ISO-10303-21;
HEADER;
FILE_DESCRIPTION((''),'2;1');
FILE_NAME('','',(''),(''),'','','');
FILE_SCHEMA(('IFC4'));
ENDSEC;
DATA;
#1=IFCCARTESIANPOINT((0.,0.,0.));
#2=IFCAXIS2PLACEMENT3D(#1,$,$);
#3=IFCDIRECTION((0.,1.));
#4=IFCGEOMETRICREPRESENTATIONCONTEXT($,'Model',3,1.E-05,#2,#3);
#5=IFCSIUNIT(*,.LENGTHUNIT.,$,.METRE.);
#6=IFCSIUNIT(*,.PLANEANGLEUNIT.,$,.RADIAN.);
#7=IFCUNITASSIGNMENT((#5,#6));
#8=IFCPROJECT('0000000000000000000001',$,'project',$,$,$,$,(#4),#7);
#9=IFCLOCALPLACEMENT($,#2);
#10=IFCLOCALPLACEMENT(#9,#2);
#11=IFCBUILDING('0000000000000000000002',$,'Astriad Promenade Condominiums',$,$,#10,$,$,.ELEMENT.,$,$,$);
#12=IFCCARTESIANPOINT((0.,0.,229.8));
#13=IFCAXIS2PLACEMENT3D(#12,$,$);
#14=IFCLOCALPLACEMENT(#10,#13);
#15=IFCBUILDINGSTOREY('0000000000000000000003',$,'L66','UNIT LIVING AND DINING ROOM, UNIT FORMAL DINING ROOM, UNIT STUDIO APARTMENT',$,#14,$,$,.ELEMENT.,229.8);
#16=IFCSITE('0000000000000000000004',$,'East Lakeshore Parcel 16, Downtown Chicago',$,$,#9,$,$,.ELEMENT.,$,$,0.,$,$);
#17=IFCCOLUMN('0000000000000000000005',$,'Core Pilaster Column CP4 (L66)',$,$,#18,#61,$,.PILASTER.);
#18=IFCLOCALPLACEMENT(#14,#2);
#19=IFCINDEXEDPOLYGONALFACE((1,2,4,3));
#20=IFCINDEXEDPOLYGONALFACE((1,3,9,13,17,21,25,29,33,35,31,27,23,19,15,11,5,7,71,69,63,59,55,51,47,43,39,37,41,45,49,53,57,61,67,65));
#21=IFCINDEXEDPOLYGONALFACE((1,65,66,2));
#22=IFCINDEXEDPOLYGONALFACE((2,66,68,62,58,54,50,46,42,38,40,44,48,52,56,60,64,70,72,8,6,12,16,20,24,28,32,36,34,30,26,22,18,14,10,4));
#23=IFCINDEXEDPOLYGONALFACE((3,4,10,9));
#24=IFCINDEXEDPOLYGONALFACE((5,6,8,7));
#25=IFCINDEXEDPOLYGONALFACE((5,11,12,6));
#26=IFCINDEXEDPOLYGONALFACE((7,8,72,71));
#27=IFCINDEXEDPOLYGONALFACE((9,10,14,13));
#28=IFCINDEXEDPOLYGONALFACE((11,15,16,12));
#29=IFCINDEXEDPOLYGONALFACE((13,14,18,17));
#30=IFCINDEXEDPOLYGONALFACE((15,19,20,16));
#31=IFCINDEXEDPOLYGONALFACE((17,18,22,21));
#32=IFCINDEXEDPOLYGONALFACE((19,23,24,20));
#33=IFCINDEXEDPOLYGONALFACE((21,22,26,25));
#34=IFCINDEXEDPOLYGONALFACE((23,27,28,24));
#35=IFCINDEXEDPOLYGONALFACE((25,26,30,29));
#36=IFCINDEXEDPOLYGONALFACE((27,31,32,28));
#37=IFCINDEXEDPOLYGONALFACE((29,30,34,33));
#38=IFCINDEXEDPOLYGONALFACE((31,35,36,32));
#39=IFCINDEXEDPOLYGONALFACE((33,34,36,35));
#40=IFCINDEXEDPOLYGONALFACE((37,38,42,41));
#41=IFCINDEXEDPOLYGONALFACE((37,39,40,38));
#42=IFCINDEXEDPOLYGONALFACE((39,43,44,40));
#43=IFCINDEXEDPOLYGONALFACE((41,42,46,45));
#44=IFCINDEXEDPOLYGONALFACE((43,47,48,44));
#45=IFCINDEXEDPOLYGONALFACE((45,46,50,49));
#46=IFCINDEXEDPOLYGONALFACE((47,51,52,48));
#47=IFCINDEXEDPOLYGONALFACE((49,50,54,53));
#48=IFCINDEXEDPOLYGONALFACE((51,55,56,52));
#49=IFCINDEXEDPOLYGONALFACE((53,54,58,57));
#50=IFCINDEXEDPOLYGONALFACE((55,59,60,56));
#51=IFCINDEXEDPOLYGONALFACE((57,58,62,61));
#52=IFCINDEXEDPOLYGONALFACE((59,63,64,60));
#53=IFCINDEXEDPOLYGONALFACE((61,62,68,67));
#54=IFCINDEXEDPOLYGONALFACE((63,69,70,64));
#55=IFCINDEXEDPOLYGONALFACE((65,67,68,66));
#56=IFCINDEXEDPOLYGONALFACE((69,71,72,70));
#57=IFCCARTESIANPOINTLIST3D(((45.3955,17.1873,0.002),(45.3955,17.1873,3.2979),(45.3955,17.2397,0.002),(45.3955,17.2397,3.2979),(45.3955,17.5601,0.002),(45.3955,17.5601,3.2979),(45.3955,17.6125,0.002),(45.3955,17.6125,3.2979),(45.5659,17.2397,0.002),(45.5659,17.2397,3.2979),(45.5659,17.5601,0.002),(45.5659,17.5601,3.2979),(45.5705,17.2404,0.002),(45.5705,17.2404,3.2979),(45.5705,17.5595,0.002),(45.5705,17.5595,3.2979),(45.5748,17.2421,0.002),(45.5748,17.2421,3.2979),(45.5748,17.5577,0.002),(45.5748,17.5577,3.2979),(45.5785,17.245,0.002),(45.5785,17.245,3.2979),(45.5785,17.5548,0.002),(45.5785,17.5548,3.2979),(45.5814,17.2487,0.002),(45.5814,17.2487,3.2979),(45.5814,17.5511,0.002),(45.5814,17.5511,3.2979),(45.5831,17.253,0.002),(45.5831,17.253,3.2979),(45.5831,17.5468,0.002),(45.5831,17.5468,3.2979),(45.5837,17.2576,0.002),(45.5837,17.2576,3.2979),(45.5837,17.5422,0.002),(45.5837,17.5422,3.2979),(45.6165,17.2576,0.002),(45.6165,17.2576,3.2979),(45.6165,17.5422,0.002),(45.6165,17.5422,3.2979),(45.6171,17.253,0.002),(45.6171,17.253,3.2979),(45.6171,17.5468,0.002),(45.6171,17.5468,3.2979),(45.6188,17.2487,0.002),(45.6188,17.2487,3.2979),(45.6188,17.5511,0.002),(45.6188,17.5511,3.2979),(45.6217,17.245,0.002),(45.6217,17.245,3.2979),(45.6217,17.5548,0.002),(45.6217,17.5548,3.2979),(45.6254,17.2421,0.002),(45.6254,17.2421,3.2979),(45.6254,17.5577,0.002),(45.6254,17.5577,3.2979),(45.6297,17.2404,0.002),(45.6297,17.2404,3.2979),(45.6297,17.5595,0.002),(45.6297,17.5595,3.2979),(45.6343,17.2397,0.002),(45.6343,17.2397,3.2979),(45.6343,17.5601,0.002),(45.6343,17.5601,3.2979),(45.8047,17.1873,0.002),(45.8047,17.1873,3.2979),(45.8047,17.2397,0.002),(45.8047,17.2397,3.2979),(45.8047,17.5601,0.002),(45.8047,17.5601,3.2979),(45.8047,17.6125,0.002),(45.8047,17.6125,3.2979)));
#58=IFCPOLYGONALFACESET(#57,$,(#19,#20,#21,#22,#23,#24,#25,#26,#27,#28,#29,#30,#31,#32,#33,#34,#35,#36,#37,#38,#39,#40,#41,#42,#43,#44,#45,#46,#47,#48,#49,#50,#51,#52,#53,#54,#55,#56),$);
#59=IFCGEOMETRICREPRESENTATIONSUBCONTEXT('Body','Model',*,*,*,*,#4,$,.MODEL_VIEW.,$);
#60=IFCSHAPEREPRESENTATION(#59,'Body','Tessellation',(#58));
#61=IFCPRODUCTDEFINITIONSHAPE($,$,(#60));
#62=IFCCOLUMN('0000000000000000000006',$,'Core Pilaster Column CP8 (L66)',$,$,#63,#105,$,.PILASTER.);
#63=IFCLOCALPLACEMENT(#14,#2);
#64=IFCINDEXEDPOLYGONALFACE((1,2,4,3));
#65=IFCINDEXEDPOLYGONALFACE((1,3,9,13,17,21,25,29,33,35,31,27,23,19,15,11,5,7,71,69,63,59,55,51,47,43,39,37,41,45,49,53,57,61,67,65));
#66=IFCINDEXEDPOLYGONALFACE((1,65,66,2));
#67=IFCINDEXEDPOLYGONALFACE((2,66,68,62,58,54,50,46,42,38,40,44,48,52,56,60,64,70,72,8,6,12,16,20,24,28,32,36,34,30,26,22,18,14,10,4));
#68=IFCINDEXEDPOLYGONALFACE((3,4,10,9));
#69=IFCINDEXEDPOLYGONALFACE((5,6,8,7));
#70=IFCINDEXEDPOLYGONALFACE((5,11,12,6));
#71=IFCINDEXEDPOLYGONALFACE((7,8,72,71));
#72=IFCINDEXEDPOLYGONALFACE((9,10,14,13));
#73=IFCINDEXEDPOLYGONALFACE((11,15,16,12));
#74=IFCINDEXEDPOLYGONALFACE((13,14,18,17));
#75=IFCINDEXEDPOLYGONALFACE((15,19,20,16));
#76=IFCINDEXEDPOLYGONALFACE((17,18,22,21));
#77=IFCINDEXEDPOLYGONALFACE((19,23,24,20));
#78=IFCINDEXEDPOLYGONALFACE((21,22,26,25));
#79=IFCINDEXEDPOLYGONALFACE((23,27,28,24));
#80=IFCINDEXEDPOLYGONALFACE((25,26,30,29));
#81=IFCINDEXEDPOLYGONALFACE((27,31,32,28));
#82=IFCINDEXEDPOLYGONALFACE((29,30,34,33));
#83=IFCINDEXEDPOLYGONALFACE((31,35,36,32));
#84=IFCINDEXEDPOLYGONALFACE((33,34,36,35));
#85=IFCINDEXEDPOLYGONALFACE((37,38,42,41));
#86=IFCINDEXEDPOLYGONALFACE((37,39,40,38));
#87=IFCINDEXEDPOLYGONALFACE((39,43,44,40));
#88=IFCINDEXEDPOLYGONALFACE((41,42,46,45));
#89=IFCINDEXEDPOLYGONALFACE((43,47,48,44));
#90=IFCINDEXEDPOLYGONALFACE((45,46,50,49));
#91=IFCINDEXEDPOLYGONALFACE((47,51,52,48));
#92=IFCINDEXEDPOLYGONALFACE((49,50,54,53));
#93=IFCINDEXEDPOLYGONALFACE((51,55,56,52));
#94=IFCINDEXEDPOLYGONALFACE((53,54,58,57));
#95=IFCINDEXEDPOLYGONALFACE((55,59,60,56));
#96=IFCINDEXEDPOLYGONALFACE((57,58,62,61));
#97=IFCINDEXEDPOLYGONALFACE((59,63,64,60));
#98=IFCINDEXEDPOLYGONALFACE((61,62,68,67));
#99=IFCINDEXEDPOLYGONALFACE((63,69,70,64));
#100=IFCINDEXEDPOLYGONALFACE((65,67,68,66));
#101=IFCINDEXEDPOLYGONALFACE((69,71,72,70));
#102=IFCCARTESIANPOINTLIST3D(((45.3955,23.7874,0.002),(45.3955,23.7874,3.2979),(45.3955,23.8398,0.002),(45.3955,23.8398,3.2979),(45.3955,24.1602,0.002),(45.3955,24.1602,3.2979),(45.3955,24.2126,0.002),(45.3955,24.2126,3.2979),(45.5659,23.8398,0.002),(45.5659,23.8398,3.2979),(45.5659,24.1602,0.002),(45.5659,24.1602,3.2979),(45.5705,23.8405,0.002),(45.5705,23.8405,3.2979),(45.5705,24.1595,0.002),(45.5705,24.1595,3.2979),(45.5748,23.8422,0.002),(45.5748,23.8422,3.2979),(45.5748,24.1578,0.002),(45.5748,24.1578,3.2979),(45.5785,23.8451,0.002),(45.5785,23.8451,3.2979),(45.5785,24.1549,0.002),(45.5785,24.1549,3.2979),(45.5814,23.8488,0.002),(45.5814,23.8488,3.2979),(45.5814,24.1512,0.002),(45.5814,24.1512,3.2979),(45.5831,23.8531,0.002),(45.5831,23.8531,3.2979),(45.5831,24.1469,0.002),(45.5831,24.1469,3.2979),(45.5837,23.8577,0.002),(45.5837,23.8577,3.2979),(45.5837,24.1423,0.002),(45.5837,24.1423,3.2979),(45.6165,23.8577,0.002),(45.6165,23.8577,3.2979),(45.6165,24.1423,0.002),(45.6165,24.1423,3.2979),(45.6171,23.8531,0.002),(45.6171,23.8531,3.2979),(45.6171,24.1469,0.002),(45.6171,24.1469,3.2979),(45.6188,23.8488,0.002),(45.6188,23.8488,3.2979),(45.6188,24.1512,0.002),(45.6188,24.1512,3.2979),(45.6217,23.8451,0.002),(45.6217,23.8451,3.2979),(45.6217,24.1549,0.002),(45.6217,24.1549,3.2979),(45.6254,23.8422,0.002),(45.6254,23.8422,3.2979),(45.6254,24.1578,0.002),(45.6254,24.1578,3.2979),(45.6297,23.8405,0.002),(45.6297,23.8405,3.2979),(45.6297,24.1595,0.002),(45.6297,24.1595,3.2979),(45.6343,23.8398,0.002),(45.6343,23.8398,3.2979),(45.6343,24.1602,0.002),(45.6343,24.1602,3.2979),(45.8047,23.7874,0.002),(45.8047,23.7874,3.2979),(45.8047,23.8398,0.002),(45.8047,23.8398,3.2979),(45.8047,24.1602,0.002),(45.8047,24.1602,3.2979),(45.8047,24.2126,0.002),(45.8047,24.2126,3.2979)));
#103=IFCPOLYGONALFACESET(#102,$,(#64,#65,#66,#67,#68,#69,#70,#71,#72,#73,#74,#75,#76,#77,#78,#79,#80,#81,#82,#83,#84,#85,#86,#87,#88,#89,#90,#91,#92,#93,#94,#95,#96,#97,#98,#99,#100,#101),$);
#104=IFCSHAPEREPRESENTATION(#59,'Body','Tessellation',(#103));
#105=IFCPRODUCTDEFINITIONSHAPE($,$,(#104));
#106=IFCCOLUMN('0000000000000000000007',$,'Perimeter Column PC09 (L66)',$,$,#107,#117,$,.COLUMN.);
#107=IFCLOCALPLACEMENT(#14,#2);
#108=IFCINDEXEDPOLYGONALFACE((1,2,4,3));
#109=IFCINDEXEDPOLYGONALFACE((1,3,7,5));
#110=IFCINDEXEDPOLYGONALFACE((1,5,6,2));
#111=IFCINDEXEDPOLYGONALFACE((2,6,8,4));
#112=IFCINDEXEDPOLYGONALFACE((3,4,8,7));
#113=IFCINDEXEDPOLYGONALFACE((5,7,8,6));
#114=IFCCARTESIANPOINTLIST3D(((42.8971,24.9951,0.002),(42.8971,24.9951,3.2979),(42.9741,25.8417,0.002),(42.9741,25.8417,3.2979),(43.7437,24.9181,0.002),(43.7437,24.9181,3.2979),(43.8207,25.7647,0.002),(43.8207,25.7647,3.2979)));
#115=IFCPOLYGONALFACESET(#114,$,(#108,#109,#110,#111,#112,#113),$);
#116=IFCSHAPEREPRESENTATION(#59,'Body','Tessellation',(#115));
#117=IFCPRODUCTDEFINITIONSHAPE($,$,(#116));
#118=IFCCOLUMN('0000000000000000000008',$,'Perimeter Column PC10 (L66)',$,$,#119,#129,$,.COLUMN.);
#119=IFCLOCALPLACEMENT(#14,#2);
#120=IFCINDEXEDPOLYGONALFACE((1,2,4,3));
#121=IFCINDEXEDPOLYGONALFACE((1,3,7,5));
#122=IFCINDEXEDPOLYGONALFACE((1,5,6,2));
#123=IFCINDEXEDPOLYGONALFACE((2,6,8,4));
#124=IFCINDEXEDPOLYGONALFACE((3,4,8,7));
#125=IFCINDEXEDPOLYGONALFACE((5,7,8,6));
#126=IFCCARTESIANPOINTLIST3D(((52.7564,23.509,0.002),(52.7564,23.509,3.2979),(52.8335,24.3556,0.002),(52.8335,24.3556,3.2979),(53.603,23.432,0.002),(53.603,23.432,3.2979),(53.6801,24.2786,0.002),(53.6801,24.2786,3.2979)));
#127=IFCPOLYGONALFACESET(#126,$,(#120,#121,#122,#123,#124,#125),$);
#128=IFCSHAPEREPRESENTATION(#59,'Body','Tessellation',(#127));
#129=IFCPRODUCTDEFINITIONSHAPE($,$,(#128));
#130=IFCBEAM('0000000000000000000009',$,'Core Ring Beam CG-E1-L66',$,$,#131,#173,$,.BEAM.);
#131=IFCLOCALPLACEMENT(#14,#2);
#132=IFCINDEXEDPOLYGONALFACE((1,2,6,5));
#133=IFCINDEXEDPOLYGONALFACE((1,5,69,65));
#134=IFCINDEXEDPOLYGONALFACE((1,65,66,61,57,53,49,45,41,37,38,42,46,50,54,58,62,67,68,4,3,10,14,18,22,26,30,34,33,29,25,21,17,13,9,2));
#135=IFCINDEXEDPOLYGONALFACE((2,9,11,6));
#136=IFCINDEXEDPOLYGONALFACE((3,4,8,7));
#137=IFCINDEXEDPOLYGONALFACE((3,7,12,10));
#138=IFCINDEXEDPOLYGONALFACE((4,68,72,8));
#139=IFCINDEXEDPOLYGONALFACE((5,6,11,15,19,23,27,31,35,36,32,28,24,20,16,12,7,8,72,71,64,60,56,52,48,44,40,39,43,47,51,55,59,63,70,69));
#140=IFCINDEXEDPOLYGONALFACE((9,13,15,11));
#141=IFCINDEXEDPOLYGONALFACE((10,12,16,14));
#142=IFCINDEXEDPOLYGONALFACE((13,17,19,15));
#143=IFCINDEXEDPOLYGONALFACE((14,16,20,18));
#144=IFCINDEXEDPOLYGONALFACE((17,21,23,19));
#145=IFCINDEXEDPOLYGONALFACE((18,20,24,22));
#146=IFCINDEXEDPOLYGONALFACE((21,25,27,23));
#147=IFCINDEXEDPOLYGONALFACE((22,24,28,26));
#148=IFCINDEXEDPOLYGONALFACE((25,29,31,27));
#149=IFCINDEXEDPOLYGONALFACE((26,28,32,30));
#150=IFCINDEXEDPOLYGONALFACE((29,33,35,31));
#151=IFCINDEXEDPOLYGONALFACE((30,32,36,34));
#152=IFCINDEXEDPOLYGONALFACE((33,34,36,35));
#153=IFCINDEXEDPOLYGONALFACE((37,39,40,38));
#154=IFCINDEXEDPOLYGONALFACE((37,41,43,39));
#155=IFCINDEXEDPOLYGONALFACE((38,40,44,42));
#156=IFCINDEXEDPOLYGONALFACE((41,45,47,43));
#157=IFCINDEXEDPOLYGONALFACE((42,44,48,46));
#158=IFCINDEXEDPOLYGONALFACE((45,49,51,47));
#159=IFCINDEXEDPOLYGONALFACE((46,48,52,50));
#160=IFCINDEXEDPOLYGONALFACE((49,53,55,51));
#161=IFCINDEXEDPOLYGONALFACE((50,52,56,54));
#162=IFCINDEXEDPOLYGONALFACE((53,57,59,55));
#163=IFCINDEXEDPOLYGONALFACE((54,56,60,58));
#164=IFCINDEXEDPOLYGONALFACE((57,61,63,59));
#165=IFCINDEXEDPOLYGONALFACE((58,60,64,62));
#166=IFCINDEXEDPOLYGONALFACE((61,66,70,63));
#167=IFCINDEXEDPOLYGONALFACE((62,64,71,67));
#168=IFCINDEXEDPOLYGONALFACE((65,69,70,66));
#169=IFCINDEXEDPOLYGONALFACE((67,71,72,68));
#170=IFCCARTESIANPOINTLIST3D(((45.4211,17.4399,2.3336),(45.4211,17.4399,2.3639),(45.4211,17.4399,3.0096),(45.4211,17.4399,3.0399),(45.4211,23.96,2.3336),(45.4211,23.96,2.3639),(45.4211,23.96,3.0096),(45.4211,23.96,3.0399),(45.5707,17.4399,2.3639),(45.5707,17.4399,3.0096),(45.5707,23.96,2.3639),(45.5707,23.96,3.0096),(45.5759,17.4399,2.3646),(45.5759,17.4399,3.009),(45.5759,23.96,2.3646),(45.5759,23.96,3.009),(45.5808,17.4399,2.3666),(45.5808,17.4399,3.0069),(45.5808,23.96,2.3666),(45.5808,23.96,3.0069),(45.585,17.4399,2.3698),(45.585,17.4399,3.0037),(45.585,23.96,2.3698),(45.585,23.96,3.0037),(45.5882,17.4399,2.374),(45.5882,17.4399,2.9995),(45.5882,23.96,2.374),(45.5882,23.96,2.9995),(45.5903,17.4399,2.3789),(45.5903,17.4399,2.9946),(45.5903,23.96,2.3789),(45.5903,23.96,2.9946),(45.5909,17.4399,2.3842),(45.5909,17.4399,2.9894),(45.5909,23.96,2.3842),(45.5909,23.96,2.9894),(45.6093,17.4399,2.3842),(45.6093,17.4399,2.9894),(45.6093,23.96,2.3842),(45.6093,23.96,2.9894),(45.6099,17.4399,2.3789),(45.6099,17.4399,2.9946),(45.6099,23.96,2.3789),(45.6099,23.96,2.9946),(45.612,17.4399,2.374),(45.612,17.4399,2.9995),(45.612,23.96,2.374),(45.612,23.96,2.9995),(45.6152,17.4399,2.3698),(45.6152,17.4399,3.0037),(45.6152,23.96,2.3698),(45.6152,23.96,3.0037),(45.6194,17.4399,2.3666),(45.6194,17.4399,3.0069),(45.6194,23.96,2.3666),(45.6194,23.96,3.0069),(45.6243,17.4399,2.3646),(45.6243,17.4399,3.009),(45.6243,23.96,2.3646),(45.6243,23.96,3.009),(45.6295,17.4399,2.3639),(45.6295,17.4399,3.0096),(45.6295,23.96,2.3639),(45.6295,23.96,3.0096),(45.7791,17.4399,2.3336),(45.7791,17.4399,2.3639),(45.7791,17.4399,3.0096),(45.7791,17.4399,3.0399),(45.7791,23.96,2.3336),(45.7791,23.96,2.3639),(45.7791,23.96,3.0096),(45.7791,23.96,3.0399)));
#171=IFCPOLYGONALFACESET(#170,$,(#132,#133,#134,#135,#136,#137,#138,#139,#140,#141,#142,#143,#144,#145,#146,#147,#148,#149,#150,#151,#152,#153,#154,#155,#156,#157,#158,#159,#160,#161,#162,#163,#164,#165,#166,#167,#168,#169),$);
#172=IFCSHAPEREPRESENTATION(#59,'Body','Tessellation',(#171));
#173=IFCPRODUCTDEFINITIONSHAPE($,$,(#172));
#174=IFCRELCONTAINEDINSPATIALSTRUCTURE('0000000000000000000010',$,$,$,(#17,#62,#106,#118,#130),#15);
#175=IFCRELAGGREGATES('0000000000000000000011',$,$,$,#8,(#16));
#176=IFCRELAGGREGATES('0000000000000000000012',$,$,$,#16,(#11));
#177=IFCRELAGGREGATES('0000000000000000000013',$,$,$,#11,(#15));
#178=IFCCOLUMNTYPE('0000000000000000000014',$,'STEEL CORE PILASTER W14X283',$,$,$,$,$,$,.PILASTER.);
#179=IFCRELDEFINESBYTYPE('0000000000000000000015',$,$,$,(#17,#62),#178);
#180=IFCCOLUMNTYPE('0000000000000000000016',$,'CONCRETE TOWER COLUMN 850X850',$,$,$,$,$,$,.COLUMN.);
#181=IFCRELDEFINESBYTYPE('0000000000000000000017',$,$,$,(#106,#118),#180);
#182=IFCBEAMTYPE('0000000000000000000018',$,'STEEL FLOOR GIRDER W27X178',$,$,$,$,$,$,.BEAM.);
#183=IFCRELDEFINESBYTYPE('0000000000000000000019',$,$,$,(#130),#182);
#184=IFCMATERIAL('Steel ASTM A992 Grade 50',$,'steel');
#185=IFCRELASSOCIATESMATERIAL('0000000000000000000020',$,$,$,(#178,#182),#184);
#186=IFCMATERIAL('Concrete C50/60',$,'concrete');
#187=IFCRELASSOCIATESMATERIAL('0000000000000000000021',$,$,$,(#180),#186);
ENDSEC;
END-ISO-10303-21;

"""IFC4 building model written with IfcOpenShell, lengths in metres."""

from ifc_helpers import new_model, si_unit, direction, frame, origin, origin_2d, place, context, subcontext, project, spatial, rectangle, i_section, extrude, source, transform, mapped, material, material_profile, profile_set, type_object, type_shapes, element, save


model = new_model("IFC4")

# Units and contexts
model_context = context("Model", 3, precision=1e-05, world=origin(), true_north=direction((0.0, 1.0)))
body_context = subcontext(model_context, "Body", "Model", "MODEL_VIEW")
ifc_project = project(units=[si_unit("LENGTHUNIT", "METRE"), si_unit("PLANEANGLEUNIT", "RADIAN")], contexts=[model_context])

# Site, building, storey
site_placement = place(None, origin())
site = spatial("IfcSite", under=ifc_project, at=site_placement, Name="East Lakeshore Parcel 16, Downtown Chicago", CompositionType="ELEMENT", RefElevation=0.0)
building_placement = place(site_placement, origin())
building = spatial("IfcBuilding", under=site, at=building_placement, Name="Astriad Promenade Condominiums", CompositionType="ELEMENT")
storey_placement = place(building_placement, frame((0.0, 0.0, 229.8)))
storey = spatial("IfcBuildingStorey", under=building, at=storey_placement, Name="L66", Description="UNIT LIVING AND DINING ROOM, UNIT FORMAL DINING ROOM, UNIT STUDIO APARTMENT", CompositionType="ELEMENT", Elevation=229.8)

# Columns
ifc_material_1 = material(Name="Steel ASTM A992 Grade 50", Category="steel")
ifc_material_profile_1 = material_profile(ifc_material_1, i_section(OverallWidth=0.4092, OverallDepth=0.4253, WebThickness=0.0327, FlangeThickness=0.0525, FilletRadius=0.0178, at=origin_2d()), Name="W14X283")
ifc_profile_set_1 = profile_set([ifc_material_profile_1], Name="Steel ASTM A992 Grade 50")
column_type_1 = type_object("IfcColumnType", Name="STEEL CORE PILASTER W14X283", PredefinedType="PILASTER", material=ifc_profile_set_1)
shared_shape_1 = source(origin(), body_context, "Body", "SweptSolid", [
    extrude(i_section(OverallWidth=0.4092, OverallDepth=0.4253, WebThickness=0.0327, FlangeThickness=0.0525, FilletRadius=0.0178, at=origin_2d()), origin(), (0.0, 0.0, 1.0), 3.2959),
])
type_shapes(column_type_1, [shared_shape_1])
for number, where, z_axis, x_axis, name in (
    (1, (45.6001, 17.3999, 0.002), (0.0, 0.0, 1.0), (1.0, 0.0, 0.0), "Core Pilaster Column CP4 (L66)"),
    (2, (45.6001, 24.0, 0.002), (0.0, 0.0, 1.0), (1.0, 0.0, 0.0), "Core Pilaster Column CP8 (L66)"),
):
    element("IfcColumn", number, at=place(storey_placement, frame(where, z_axis=z_axis, x_axis=x_axis)), inside=storey, type_object=column_type_1, Name=name, PredefinedType="PILASTER", context=body_context, shape_type="MappedRepresentation", body=[
        mapped(shared_shape_1, transform((0.0, 0.0, 0.0), scale=1.0)),
    ])
ifc_material_2 = material(Name="Concrete C50/60", Category="concrete")
ifc_material_profile_2 = material_profile(ifc_material_2, rectangle(XDim=0.8501, YDim=0.8501, at=origin_2d()), Name="RC-COL-850X850")
ifc_profile_set_2 = profile_set([ifc_material_profile_2], Name="Concrete C50/60")
column_type_2 = type_object("IfcColumnType", Name="CONCRETE TOWER COLUMN 850X850", PredefinedType="COLUMN", material=ifc_profile_set_2)
shared_shape_2 = source(origin(), body_context, "Body", "SweptSolid", [
    extrude(rectangle(XDim=0.8501, YDim=0.8501, at=origin_2d()), origin(), (0.0, 0.0, 1.0), 3.2959),
])
type_shapes(column_type_2, [shared_shape_2])
for number, where, z_axis, x_axis, name in (
    (3, (43.3589, 25.3799, 0.002), (0.0, 0.0, 1.0), (0.995884, -0.090633, 0.0), "Perimeter Column PC09 (L66)"),
    (4, (53.2183, 23.8938, 0.002), (0.0, 0.0, 1.0), (0.995884, -0.090633, 0.0), "Perimeter Column PC10 (L66)"),
):
    element("IfcColumn", number, at=place(storey_placement, frame(where, z_axis=z_axis, x_axis=x_axis)), inside=storey, type_object=column_type_2, Name=name, PredefinedType="COLUMN", context=body_context, shape_type="MappedRepresentation", body=[
        mapped(shared_shape_2, transform((0.0, 0.0, 0.0), scale=1.0)),
    ])

# Beam
ifc_material_profile_3 = material_profile(ifc_material_1, i_section(OverallWidth=0.3579, OverallDepth=0.7063, WebThickness=0.0183, FlangeThickness=0.0303, FilletRadius=0.0203, at=origin_2d()), Name="W27X178")
ifc_profile_set_3 = profile_set([ifc_material_profile_3], Name="Steel ASTM A992 Grade 50")
beam_type_1 = type_object("IfcBeamType", Name="STEEL FLOOR GIRDER W27X178", PredefinedType="BEAM", material=ifc_profile_set_3)
shared_shape_3 = source(origin(), body_context, "Body", "SweptSolid", [
    extrude(i_section(OverallWidth=0.3579, OverallDepth=0.7063, WebThickness=0.0183, FlangeThickness=0.0303, FilletRadius=0.0203, at=origin_2d()), origin(), (0.0, 0.0, 1.0), 6.52),
])
type_shapes(beam_type_1, [shared_shape_3])
beam_1_placement = place(storey_placement, frame((45.6001, 17.4399, 2.6868), z_axis=(0.0, 1.0, 0.0), x_axis=(-1.0, 0.0, 0.0)))
element("IfcBeam", 5, at=beam_1_placement, inside=storey, type_object=beam_type_1, Name="Core Ring Beam CG-E1-L66", PredefinedType="BEAM", context=body_context, shape_type="MappedRepresentation", body=[
    mapped(shared_shape_3, transform((0.0, 0.0, 0.0), scale=1.0)),
])

save(model, "model.ifc")
